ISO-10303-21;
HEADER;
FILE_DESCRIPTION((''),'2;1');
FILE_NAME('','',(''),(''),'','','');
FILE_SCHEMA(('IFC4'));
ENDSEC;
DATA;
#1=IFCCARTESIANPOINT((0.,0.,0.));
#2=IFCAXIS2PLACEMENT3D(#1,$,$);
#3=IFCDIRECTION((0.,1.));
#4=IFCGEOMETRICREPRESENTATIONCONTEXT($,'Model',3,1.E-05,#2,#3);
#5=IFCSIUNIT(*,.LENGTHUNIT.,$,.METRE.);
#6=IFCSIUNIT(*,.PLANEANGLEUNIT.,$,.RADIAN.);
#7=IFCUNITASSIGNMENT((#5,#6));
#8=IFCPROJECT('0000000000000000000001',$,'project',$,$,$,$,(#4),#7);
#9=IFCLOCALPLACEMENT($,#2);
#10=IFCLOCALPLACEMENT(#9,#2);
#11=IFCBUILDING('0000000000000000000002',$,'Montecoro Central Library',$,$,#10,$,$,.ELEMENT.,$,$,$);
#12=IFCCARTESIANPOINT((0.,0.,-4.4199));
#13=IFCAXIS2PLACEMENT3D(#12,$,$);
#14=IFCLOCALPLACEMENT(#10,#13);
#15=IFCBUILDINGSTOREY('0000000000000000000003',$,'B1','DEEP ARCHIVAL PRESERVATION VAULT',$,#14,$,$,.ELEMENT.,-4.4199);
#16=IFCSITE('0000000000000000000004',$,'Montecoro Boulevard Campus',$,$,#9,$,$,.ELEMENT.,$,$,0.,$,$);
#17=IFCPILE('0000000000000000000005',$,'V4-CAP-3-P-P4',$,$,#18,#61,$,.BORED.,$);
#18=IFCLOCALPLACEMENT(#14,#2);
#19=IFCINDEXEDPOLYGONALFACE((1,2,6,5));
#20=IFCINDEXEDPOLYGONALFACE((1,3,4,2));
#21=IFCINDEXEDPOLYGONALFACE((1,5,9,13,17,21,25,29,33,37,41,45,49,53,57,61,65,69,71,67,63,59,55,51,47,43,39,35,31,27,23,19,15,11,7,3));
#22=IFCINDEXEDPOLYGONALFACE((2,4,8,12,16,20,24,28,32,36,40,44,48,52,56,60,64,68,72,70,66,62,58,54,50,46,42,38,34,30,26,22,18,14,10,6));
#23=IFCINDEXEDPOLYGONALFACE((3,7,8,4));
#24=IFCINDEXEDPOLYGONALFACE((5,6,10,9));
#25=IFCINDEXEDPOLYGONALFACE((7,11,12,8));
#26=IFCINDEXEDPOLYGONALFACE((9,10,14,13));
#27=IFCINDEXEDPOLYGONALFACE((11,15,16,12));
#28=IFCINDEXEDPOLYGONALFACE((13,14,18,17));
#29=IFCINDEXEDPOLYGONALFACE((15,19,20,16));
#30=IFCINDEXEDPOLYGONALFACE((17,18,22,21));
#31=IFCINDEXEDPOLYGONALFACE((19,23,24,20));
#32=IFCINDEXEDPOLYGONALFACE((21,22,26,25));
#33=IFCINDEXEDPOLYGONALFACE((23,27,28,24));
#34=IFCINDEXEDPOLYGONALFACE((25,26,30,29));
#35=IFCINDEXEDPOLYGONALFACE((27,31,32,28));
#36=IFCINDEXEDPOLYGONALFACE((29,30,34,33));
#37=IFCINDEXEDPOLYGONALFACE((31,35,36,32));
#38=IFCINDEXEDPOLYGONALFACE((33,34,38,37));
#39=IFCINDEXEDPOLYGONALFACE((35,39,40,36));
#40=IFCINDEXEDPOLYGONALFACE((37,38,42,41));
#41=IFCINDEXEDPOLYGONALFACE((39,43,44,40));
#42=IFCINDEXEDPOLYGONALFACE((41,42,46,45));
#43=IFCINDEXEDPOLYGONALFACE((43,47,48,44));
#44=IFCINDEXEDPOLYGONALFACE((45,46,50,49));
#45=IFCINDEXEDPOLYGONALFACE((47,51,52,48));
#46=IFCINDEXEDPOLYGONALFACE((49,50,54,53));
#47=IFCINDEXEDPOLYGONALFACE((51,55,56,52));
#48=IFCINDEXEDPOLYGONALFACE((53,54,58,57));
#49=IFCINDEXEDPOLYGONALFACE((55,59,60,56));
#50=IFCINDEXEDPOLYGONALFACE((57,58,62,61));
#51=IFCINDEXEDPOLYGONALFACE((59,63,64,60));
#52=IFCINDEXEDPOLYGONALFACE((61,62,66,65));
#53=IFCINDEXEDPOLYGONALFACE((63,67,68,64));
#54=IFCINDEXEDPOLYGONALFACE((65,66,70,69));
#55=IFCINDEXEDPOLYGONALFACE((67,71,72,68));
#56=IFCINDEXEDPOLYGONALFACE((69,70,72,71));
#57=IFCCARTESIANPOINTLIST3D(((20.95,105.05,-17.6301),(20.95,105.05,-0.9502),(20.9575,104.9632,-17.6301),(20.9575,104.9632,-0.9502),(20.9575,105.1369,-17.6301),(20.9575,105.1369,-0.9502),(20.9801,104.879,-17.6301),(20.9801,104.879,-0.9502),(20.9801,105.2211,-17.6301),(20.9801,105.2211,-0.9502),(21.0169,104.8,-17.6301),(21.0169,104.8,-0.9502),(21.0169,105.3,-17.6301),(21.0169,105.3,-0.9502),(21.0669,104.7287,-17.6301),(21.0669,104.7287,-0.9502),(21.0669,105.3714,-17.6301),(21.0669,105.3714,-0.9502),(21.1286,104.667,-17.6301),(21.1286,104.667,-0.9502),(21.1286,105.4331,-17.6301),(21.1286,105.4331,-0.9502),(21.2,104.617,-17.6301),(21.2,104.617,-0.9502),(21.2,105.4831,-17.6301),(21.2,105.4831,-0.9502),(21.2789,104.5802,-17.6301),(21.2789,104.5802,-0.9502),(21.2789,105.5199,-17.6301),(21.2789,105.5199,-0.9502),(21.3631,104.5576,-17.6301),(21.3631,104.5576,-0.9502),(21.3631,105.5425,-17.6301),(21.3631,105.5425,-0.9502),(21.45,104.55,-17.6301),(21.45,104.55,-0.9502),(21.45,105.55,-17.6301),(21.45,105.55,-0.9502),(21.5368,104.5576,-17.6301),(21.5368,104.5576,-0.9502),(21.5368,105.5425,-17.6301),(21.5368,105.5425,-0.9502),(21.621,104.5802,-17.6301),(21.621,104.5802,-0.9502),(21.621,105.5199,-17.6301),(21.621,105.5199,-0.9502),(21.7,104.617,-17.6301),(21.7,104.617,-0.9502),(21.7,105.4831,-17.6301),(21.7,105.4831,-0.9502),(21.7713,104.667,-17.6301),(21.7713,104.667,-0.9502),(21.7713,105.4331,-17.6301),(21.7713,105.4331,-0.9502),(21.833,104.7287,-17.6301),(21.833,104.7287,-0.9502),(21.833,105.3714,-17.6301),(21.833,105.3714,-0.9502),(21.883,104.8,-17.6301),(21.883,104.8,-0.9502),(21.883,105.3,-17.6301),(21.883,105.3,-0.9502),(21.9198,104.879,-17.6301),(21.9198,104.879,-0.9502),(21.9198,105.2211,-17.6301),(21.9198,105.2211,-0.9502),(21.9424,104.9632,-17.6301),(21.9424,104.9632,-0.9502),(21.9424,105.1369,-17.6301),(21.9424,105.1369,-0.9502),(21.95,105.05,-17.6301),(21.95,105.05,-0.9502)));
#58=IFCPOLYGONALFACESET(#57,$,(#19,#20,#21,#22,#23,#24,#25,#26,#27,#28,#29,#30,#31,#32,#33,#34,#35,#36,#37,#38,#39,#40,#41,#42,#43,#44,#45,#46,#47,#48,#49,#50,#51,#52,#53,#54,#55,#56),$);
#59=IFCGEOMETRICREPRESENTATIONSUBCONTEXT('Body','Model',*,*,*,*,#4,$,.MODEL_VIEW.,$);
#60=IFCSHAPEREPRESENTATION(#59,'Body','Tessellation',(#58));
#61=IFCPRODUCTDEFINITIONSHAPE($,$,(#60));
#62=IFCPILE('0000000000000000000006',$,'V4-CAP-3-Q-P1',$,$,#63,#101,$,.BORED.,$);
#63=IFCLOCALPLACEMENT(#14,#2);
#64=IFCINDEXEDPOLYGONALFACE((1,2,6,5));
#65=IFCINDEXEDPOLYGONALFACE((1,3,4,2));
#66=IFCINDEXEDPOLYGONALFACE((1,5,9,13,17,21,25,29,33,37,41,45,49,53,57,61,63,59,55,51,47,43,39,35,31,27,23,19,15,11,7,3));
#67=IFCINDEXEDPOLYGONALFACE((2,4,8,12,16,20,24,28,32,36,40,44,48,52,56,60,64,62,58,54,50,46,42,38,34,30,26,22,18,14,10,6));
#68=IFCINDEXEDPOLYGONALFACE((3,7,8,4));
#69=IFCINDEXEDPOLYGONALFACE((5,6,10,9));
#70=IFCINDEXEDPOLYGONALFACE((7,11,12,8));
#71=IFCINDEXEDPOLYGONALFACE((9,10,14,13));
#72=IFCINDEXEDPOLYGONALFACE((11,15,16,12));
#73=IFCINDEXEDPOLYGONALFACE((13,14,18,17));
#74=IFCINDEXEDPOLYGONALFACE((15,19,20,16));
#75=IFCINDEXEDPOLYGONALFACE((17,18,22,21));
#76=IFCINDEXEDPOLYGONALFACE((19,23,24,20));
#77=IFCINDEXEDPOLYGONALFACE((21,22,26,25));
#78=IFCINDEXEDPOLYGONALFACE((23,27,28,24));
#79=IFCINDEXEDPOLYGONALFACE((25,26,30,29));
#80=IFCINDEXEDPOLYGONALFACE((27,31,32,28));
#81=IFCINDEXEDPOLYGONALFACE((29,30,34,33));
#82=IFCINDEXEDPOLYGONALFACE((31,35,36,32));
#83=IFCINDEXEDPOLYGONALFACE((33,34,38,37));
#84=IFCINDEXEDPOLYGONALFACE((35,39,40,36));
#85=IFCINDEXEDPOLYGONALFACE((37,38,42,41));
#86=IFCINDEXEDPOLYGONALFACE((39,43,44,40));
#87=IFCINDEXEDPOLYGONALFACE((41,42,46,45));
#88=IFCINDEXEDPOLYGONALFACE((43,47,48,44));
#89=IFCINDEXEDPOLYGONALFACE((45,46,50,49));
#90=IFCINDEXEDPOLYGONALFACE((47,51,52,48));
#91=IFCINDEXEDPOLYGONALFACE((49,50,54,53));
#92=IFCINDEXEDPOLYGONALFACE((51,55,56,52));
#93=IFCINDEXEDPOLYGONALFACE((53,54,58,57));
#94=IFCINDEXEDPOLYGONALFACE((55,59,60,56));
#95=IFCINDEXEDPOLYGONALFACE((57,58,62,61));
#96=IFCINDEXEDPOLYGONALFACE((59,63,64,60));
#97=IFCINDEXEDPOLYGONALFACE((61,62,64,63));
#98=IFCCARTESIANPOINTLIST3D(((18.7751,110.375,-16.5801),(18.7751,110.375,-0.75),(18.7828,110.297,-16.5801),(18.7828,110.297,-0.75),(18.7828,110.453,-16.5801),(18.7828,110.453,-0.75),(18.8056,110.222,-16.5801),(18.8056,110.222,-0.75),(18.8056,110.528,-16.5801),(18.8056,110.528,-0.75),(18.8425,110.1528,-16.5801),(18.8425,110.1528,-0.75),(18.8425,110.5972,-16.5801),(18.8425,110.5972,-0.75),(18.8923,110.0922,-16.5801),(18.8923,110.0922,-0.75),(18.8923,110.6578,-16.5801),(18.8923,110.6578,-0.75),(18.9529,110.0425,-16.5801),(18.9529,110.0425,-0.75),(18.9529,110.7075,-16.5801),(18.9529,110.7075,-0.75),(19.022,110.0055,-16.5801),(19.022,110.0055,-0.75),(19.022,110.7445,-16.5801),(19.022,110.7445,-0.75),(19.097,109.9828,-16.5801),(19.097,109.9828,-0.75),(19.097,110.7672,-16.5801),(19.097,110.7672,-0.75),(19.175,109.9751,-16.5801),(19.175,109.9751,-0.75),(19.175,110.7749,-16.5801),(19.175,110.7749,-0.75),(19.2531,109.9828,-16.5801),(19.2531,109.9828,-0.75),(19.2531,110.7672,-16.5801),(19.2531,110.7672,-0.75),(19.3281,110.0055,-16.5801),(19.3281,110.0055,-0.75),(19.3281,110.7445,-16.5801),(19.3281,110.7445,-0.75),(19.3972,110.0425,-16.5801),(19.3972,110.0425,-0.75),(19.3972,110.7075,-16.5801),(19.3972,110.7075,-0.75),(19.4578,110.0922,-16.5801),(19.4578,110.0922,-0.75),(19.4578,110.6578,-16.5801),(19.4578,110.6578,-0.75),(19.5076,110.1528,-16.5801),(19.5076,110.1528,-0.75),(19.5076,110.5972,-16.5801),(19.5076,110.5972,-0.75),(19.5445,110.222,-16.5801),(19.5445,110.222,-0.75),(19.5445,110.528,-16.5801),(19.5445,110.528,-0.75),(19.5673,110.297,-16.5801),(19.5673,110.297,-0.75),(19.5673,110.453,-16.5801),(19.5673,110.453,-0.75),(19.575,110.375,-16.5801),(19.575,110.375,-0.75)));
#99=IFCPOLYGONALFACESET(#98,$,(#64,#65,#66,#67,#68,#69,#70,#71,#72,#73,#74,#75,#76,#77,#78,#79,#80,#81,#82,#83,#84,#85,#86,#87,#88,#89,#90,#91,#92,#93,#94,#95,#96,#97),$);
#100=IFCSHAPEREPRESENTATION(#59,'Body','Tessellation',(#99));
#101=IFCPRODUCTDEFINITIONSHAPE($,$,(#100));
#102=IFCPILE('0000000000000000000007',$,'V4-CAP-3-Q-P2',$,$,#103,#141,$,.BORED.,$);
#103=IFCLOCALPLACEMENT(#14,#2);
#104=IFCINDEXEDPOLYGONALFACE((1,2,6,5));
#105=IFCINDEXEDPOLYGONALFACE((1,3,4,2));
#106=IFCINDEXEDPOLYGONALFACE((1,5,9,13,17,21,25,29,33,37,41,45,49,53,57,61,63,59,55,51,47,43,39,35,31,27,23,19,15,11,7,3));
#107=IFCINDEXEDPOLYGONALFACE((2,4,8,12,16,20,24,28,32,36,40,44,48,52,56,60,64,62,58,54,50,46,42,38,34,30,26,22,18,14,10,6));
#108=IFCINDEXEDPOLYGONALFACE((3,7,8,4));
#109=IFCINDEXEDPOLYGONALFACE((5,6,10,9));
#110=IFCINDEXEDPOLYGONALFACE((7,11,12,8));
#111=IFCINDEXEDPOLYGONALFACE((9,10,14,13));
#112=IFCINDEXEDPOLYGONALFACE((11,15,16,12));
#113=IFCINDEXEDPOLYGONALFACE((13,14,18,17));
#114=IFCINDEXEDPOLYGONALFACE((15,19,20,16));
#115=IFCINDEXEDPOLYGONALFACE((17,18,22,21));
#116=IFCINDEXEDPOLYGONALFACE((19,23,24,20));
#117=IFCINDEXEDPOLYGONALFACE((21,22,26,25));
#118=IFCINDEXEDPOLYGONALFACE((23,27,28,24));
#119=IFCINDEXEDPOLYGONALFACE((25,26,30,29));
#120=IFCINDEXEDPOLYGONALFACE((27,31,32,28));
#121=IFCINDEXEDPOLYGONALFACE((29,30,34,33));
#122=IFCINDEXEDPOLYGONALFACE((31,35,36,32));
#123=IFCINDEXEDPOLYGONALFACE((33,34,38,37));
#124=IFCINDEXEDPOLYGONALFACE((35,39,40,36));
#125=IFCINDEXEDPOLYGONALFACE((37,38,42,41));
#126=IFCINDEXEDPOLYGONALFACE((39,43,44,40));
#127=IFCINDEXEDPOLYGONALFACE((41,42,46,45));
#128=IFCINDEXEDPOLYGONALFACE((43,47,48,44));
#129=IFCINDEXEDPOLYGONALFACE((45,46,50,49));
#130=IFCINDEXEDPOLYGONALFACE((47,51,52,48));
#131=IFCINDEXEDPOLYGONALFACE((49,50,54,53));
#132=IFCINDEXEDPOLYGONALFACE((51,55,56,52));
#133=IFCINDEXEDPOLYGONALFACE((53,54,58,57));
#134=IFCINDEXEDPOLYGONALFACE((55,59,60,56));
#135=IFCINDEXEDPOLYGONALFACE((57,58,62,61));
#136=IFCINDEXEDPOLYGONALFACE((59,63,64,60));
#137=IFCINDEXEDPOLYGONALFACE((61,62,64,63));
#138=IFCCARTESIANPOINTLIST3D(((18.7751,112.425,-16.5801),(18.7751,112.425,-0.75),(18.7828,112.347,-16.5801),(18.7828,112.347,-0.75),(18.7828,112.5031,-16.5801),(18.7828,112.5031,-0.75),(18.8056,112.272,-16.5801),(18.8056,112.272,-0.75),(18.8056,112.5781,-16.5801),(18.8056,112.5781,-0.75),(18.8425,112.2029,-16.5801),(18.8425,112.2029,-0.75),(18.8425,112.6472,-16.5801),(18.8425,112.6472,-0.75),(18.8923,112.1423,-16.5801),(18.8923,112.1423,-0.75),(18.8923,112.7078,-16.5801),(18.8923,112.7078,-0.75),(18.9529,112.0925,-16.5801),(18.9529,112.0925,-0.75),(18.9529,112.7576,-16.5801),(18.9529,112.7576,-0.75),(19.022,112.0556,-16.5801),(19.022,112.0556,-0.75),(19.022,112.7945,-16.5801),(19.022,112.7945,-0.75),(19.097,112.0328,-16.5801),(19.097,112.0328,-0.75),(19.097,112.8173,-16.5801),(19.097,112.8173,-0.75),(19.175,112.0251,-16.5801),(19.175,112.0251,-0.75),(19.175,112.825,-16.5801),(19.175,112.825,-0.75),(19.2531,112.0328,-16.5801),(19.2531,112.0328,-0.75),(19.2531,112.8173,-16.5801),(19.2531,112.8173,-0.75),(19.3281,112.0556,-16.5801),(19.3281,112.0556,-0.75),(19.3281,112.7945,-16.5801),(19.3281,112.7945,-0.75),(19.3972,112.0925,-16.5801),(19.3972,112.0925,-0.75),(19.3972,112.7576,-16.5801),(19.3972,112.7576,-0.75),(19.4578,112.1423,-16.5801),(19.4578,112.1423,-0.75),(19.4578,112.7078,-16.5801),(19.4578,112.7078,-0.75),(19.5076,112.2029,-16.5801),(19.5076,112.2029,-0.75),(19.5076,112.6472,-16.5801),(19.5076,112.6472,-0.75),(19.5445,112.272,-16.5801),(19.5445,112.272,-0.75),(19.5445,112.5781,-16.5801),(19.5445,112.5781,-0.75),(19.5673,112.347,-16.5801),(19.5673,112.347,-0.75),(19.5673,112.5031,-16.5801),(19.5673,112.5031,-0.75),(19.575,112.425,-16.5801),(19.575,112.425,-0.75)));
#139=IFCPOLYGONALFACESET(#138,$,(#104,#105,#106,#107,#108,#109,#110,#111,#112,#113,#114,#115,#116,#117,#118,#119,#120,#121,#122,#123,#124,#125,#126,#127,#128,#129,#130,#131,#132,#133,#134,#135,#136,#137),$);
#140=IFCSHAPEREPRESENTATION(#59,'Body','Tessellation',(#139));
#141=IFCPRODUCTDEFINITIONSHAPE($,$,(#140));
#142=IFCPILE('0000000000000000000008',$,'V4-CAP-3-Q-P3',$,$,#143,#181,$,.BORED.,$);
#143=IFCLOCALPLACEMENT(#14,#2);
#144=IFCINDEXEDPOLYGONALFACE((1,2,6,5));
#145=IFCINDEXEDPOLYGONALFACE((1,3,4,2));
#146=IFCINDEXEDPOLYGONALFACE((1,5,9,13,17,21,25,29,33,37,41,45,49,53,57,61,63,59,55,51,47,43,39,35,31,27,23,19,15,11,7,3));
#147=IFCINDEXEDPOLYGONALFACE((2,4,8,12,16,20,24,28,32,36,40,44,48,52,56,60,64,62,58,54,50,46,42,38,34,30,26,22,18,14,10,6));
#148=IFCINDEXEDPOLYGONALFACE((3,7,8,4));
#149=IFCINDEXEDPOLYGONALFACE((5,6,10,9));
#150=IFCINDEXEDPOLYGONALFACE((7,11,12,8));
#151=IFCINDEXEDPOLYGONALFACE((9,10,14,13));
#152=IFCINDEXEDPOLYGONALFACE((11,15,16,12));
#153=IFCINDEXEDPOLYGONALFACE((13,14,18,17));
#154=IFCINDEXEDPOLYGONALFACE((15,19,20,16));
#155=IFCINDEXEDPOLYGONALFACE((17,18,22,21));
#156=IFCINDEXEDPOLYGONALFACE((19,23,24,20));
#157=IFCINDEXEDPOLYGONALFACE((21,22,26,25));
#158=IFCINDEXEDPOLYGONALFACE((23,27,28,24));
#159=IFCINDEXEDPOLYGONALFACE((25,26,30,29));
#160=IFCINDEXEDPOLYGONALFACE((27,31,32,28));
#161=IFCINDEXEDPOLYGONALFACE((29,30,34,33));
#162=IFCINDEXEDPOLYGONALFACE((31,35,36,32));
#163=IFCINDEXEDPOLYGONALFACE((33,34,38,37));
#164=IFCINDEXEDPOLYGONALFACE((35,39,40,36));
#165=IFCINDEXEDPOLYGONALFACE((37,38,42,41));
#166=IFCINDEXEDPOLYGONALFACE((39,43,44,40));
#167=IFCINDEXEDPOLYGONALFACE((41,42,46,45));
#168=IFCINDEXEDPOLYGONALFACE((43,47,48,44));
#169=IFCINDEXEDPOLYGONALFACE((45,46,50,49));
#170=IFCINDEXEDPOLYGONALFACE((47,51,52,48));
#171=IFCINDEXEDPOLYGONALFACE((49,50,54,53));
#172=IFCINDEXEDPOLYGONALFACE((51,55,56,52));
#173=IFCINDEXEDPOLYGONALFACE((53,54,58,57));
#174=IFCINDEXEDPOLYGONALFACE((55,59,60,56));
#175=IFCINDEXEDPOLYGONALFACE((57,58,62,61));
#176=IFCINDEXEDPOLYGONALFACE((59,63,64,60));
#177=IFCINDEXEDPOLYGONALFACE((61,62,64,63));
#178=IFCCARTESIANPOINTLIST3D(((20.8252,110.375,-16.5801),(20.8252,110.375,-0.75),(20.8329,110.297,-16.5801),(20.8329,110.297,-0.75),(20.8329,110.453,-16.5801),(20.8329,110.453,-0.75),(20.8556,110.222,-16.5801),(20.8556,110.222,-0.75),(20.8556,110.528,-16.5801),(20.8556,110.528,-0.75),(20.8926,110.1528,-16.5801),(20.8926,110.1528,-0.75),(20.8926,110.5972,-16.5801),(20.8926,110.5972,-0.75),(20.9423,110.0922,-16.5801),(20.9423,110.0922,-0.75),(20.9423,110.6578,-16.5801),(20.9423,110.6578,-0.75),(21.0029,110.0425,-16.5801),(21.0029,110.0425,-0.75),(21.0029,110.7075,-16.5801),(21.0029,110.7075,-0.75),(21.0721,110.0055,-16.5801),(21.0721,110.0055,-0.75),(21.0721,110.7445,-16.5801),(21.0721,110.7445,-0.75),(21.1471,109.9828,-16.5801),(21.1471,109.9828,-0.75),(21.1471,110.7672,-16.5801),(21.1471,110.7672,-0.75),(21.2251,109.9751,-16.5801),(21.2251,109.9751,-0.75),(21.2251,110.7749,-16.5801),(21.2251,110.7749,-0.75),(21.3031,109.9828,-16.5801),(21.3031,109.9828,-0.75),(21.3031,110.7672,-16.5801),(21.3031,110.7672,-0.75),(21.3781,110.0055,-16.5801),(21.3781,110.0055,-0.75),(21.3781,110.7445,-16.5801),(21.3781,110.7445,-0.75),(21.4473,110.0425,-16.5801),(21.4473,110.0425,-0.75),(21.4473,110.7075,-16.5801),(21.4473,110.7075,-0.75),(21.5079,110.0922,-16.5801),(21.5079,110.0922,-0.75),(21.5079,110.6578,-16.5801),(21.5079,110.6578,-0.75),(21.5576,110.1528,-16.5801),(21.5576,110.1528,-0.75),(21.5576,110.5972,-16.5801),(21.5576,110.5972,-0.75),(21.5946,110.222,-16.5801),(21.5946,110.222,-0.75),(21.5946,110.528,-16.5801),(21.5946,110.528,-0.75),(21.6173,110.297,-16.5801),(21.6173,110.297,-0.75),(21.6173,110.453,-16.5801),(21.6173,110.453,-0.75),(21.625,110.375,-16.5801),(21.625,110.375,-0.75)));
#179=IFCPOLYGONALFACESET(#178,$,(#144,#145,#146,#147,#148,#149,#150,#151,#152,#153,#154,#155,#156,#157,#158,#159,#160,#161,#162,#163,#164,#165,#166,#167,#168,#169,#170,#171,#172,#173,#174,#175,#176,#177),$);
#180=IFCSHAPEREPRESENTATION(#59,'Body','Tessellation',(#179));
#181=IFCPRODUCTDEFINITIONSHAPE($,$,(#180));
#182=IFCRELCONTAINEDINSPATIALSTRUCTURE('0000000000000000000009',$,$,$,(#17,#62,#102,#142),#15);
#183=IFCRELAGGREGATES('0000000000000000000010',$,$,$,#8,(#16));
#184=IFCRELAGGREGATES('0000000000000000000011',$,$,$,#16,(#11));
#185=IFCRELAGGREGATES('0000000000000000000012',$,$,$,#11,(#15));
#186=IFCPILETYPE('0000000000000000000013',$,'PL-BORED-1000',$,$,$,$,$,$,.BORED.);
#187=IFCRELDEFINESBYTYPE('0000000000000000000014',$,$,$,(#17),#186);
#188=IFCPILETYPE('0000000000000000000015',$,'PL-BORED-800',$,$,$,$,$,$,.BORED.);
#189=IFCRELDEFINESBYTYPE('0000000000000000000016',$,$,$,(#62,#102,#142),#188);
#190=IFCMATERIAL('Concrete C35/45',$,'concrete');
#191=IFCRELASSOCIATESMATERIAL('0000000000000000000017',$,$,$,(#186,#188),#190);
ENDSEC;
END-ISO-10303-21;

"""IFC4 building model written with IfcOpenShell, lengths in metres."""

from ifc_helpers import new_model, si_unit, direction, frame, origin, origin_2d, place, context, subcontext, project, spatial, circle, extrude, material, material_profile, profile_set, type_object, element, save


model = new_model("IFC4")

# Units and contexts
model_context = context("Model", 3, precision=1e-05, world=origin(), true_north=direction((0.0, 1.0)))
body_context = subcontext(model_context, "Body", "Model", "MODEL_VIEW")
ifc_project = project(units=[si_unit("LENGTHUNIT", "METRE"), si_unit("PLANEANGLEUNIT", "RADIAN")], contexts=[model_context])

# Site, building, storey
site_placement = place(None, origin())
site = spatial("IfcSite", under=ifc_project, at=site_placement, Name="Montecoro Boulevard Campus", CompositionType="ELEMENT", RefElevation=0.0)
building_placement = place(site_placement, origin())
building = spatial("IfcBuilding", under=site, at=building_placement, Name="Montecoro Central Library", CompositionType="ELEMENT")
storey_placement = place(building_placement, frame((0.0, 0.0, -4.4199)))
storey = spatial("IfcBuildingStorey", under=building, at=storey_placement, Name="B1", Description="DEEP ARCHIVAL PRESERVATION VAULT", CompositionType="ELEMENT", Elevation=-4.4199)

# Shared definitions
ifc_material_1 = material(Name="Concrete C35/45", Category="concrete")

# Piles
ifc_material_profile_1 = material_profile(ifc_material_1, circle(Radius=0.5, at=origin_2d()), Name="PILE D1000")
ifc_profile_set_1 = profile_set([ifc_material_profile_1], Name="Concrete C35/45")
pile_type_1 = type_object("IfcPileType", Name="PL-BORED-1000", PredefinedType="BORED", material=ifc_profile_set_1)
for number, where, z_axis, x_axis, name in (
    (1, (21.45, 105.05, -0.9502), (0.0, 0.0, -1.0), (1.0, 0.0, 0.0), "V4-CAP-3-P-P4"),
):
    element("IfcPile", number, at=place(storey_placement, frame(where, z_axis=z_axis, x_axis=x_axis)), inside=storey, type_object=pile_type_1, Name=name, PredefinedType="BORED", context=body_context, shape_type="SweptSolid", body=[
        extrude(circle(Radius=0.5, at=origin_2d()), origin(), (0.0, 0.0, 1.0), 16.6799),
    ])
ifc_material_profile_2 = material_profile(ifc_material_1, circle(Radius=0.3999, at=origin_2d()), Name="PILE D800")
ifc_profile_set_2 = profile_set([ifc_material_profile_2], Name="Concrete C35/45")
pile_type_2 = type_object("IfcPileType", Name="PL-BORED-800", PredefinedType="BORED", material=ifc_profile_set_2)
for number, where, z_axis, x_axis, name in (
    (2, (19.175, 110.375, -0.75), (0.0, 0.0, -1.0), (1.0, 0.0, 0.0), "V4-CAP-3-Q-P1"),
    (3, (19.175, 112.425, -0.75), (0.0, 0.0, -1.0), (1.0, 0.0, 0.0), "V4-CAP-3-Q-P2"),
    (4, (21.2251, 110.375, -0.75), (0.0, 0.0, -1.0), (1.0, 0.0, 0.0), "V4-CAP-3-Q-P3"),
):
    element("IfcPile", number, at=place(storey_placement, frame(where, z_axis=z_axis, x_axis=x_axis)), inside=storey, type_object=pile_type_2, Name=name, PredefinedType="BORED", context=body_context, shape_type="SweptSolid", body=[
        extrude(circle(Radius=0.3999, at=origin_2d()), origin(), (0.0, 0.0, 1.0), 15.8301),
    ])

save(model, "model.ifc")
